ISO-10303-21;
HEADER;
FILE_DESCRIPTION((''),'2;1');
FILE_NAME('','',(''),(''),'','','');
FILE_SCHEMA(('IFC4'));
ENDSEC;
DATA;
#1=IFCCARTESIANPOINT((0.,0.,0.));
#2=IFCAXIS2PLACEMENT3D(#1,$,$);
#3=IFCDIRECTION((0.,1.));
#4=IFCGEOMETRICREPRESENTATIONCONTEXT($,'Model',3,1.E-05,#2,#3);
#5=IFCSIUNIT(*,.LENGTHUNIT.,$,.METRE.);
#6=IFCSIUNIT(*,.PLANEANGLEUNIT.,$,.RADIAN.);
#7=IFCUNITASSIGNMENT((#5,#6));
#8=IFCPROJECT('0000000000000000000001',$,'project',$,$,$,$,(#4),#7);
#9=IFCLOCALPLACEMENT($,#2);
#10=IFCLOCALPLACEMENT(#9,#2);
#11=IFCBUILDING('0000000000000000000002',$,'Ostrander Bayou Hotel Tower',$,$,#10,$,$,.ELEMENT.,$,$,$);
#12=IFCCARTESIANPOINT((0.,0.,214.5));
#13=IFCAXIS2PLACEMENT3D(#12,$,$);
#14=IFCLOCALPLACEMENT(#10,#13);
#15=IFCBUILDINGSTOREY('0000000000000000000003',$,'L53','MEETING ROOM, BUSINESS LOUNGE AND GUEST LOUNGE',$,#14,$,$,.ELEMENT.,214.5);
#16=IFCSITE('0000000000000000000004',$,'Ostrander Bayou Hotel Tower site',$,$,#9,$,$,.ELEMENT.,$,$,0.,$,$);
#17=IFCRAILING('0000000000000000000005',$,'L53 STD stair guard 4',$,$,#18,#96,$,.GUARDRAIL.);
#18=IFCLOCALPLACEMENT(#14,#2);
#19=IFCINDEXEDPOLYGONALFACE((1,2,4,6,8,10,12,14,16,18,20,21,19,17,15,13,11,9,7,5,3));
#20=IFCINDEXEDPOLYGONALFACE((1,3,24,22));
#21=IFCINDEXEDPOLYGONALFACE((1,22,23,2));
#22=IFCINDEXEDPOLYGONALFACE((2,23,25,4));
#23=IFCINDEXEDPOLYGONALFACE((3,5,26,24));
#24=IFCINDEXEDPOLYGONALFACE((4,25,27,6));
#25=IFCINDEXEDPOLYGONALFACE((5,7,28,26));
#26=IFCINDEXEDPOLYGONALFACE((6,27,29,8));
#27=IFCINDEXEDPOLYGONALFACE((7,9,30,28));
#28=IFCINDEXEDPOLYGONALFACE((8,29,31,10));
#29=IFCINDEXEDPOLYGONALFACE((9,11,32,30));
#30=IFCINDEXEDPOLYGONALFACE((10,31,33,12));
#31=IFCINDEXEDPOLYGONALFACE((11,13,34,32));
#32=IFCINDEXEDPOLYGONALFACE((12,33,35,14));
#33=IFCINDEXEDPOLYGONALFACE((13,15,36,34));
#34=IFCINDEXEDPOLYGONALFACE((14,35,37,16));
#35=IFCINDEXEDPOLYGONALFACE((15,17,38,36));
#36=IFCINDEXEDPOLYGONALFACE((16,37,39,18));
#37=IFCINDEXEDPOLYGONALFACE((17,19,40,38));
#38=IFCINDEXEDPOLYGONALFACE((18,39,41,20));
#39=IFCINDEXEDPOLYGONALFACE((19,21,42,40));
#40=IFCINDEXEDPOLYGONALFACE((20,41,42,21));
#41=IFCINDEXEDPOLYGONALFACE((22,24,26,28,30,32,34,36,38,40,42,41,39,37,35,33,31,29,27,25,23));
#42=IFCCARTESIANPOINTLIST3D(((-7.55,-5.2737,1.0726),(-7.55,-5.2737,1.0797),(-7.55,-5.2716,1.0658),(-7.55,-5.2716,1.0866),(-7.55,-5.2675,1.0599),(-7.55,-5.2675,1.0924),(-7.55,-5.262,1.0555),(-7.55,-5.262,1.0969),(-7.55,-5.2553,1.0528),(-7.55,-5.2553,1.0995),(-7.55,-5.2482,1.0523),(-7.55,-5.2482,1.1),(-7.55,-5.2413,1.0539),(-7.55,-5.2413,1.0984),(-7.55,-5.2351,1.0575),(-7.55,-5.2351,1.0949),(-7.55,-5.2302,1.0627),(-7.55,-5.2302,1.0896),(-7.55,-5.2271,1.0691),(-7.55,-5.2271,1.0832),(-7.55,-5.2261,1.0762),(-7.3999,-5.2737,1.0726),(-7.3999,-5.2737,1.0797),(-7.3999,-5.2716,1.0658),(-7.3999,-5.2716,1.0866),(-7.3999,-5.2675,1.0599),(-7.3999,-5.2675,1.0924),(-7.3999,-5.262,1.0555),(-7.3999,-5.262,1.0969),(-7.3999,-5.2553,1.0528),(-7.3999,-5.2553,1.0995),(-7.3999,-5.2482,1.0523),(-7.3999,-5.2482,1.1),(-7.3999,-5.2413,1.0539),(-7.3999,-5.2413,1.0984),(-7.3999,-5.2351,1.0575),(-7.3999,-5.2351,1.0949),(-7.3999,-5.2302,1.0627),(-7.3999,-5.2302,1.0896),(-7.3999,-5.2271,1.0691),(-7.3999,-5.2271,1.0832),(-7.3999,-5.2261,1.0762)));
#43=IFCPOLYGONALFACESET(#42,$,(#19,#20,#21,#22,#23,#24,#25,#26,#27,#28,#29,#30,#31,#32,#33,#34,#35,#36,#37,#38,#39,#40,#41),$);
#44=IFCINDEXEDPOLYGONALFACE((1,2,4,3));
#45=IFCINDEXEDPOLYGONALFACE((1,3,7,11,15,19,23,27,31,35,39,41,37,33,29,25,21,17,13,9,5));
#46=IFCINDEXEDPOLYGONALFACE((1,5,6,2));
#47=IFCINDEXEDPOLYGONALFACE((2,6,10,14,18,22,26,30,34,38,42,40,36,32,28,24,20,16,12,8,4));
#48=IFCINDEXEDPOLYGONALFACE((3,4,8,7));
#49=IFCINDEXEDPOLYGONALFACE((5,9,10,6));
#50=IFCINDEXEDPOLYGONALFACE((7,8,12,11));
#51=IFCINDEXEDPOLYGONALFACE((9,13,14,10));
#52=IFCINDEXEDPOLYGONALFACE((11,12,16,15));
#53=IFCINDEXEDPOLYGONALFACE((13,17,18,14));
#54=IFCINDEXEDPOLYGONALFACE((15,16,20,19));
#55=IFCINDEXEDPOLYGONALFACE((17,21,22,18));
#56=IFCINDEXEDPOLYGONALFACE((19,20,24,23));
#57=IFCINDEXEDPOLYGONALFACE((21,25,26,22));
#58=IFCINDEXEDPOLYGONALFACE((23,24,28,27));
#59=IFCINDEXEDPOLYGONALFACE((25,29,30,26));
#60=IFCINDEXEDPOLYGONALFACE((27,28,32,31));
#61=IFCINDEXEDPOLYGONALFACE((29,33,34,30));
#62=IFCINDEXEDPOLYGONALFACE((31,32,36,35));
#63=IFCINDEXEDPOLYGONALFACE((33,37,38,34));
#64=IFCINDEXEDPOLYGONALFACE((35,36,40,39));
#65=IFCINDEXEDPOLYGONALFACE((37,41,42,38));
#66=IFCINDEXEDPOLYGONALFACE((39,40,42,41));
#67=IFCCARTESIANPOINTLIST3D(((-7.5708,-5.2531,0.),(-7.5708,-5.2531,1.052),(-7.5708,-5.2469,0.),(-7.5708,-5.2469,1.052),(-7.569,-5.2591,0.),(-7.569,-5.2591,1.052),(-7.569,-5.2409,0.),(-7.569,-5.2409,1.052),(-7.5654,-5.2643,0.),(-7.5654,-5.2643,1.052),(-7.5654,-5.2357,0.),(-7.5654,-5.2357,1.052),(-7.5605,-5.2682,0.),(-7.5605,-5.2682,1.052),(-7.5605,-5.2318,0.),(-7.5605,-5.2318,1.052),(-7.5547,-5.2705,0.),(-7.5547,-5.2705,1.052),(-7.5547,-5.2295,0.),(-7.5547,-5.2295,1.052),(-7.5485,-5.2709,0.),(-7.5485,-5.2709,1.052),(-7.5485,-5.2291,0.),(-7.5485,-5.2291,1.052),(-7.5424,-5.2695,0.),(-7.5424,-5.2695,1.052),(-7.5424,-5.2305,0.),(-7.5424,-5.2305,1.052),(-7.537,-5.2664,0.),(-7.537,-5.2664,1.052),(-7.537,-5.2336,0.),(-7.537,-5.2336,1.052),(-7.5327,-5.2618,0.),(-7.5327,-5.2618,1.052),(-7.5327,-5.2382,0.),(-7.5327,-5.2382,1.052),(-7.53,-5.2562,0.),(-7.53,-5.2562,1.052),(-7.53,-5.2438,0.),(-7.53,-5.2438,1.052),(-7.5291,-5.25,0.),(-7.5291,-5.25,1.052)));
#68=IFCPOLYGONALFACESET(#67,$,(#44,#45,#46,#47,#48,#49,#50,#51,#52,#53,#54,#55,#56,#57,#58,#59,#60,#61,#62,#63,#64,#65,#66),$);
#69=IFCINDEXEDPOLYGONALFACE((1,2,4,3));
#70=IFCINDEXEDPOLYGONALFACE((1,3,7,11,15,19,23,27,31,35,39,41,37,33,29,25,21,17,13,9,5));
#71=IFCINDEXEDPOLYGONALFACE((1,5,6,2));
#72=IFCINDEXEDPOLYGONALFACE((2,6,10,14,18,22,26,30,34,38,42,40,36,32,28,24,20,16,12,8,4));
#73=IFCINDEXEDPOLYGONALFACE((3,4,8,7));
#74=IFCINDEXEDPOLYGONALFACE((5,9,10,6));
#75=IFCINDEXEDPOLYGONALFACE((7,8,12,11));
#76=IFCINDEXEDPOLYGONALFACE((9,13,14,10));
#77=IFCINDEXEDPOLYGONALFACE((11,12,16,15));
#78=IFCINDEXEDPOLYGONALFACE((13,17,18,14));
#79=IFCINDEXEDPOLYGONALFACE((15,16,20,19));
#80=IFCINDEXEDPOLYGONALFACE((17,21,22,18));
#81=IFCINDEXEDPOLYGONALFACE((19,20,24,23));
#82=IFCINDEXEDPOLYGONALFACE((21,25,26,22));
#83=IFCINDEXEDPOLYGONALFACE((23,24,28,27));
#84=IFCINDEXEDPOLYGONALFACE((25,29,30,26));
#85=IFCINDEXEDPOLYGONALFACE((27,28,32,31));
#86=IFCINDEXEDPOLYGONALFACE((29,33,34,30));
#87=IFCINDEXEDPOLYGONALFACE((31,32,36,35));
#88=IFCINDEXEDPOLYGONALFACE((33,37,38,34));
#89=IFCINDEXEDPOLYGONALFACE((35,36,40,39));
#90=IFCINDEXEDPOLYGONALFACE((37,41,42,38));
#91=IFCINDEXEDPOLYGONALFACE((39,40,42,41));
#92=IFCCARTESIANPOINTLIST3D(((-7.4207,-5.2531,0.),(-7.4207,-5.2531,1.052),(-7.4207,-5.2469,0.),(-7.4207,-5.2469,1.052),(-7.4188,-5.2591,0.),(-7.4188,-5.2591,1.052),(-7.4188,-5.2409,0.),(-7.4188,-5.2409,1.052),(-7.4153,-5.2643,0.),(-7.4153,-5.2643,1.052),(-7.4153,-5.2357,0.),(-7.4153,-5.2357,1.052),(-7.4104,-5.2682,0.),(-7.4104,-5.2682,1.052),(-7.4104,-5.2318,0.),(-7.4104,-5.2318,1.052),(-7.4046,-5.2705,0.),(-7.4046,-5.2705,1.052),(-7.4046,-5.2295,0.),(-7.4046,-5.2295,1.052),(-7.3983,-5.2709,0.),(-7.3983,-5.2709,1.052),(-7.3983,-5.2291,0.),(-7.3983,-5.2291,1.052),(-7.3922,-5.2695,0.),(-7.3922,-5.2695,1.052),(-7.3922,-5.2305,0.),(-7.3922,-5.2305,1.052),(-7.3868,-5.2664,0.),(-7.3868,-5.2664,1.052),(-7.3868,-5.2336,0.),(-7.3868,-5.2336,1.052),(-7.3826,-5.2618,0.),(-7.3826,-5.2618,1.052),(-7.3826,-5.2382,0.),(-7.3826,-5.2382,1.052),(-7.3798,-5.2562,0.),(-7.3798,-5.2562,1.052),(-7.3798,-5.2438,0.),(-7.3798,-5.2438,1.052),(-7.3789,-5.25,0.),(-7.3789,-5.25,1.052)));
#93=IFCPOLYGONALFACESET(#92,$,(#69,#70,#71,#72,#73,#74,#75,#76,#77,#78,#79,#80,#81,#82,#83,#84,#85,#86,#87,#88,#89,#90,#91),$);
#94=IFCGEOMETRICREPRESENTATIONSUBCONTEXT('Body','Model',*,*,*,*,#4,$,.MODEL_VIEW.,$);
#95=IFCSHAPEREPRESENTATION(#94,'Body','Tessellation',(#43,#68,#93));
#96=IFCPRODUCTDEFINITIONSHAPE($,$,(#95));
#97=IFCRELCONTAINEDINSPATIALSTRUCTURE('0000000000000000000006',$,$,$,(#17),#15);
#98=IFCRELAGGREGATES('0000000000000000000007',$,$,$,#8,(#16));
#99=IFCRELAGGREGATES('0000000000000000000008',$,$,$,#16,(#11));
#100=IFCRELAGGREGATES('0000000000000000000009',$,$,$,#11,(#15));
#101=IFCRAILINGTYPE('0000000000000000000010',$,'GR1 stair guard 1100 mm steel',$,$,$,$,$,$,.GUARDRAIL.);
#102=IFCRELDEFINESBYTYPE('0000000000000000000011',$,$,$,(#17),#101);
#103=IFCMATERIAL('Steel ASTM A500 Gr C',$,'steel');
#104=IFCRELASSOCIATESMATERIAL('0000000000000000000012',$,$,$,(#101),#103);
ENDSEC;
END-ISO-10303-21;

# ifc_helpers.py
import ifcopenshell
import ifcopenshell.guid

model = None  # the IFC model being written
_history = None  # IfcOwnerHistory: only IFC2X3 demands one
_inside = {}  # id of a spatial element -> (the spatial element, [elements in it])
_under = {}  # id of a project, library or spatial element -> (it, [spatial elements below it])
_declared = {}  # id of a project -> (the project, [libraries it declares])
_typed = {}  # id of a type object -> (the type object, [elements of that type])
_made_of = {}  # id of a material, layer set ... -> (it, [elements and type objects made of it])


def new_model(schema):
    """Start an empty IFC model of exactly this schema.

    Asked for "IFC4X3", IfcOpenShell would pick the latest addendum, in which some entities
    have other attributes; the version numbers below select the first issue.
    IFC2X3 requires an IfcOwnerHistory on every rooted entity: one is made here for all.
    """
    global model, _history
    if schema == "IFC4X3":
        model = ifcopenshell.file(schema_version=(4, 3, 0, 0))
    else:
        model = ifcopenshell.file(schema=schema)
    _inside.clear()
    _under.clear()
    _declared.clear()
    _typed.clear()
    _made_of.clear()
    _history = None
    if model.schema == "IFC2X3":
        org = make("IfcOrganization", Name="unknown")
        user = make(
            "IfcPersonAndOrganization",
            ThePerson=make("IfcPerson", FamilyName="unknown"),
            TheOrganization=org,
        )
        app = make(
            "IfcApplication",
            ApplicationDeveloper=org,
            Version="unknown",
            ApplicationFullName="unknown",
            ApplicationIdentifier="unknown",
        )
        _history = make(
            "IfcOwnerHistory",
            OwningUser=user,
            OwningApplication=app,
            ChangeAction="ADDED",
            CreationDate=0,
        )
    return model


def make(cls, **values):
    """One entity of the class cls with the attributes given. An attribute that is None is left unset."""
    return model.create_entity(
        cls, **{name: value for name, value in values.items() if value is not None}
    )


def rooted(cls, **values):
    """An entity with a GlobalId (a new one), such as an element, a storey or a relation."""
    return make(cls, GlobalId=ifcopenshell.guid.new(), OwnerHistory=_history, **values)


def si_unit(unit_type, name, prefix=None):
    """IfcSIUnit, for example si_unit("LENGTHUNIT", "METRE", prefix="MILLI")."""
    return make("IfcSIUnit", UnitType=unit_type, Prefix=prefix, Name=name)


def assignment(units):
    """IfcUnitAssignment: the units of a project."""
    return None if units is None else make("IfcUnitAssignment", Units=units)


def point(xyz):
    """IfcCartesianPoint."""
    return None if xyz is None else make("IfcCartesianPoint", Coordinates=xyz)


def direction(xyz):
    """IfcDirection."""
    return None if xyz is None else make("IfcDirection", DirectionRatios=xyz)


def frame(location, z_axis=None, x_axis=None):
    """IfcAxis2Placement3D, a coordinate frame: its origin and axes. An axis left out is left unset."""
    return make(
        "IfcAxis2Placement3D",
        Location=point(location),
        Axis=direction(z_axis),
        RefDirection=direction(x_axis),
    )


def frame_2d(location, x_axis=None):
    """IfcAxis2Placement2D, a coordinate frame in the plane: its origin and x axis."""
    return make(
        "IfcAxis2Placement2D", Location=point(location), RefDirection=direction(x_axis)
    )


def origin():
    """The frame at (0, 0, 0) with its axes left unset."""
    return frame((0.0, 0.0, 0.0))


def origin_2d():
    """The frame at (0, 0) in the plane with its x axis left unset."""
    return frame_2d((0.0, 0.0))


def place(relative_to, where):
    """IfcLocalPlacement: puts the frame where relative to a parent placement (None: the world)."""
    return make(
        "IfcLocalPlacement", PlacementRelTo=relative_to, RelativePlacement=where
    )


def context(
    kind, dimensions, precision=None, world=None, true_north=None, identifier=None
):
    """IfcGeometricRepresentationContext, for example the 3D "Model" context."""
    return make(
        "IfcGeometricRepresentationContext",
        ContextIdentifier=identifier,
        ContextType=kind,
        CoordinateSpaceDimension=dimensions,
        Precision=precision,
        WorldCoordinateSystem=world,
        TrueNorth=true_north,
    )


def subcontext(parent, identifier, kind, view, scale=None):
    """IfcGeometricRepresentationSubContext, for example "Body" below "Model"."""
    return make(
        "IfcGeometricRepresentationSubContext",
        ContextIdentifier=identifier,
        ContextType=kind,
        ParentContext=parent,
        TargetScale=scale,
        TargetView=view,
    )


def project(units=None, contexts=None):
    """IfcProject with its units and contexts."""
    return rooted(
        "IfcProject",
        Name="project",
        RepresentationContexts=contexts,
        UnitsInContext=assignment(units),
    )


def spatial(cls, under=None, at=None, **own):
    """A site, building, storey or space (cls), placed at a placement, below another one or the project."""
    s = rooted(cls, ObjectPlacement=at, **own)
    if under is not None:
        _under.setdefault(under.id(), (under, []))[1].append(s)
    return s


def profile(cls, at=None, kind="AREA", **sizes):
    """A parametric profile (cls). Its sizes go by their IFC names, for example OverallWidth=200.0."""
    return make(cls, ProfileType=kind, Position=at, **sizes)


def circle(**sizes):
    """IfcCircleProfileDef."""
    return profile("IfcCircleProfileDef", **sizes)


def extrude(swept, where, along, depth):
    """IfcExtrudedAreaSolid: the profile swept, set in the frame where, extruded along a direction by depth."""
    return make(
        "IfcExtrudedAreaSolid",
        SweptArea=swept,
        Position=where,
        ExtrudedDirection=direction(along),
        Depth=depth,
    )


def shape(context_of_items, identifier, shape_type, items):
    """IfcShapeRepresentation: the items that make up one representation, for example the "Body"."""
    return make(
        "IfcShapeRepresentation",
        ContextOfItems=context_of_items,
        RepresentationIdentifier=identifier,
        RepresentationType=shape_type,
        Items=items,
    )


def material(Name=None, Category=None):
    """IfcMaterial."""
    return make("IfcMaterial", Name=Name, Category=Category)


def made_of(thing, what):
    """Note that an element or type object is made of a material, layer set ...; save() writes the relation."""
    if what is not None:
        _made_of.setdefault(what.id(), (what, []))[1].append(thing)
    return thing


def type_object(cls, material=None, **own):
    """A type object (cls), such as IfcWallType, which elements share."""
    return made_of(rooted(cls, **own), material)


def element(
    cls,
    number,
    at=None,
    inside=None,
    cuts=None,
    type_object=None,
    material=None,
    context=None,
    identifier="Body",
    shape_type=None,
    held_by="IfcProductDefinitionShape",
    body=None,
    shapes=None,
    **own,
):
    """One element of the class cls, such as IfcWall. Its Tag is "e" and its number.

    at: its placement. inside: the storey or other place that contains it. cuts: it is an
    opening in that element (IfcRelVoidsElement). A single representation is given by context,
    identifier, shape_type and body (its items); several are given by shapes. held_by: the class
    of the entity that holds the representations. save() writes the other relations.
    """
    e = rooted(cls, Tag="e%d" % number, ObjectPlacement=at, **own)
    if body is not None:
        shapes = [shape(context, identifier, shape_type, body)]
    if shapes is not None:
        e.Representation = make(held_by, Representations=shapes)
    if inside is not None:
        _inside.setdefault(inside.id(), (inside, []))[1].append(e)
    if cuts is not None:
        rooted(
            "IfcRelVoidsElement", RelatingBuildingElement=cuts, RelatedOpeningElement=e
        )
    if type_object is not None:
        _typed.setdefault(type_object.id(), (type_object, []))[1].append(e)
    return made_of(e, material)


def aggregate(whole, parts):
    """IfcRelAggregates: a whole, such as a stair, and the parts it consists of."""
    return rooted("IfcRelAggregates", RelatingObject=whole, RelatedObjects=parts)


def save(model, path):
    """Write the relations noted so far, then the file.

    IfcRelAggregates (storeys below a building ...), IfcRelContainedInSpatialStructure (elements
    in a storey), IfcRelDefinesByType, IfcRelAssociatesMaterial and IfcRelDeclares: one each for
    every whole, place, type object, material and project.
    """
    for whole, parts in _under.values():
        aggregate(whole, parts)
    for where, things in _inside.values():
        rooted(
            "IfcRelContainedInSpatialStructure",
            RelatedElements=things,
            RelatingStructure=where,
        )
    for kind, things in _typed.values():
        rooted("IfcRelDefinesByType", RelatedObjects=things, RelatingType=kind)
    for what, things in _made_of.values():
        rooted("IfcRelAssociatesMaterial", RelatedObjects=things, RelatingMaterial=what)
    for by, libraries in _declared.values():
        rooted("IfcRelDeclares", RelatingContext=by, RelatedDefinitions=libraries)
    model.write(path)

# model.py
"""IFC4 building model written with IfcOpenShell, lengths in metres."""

from ifc_helpers import new_model, si_unit, direction, frame, origin, origin_2d, place, context, subcontext, project, spatial, circle, extrude, material, type_object, element, save


model = new_model("IFC4")

# Units and contexts
model_context = context("Model", 3, precision=1e-05, world=origin(), true_north=direction((0.0, 1.0)))
body_context = subcontext(model_context, "Body", "Model", "MODEL_VIEW")
ifc_project = project(units=[si_unit("LENGTHUNIT", "METRE"), si_unit("PLANEANGLEUNIT", "RADIAN")], contexts=[model_context])

# Site, building, storey
site_placement = place(None, origin())
site = spatial("IfcSite", under=ifc_project, at=site_placement, Name="Ostrander Bayou Hotel Tower site", CompositionType="ELEMENT", RefElevation=0.0)
building_placement = place(site_placement, origin())
building = spatial("IfcBuilding", under=site, at=building_placement, Name="Ostrander Bayou Hotel Tower", CompositionType="ELEMENT")
storey_placement = place(building_placement, frame((0.0, 0.0, 214.5)))
storey = spatial("IfcBuildingStorey", under=building, at=storey_placement, Name="L53", Description="MEETING ROOM, BUSINESS LOUNGE AND GUEST LOUNGE", CompositionType="ELEMENT", Elevation=214.5)

# Railing
ifc_material_1 = material(Name="Steel ASTM A500 Gr C", Category="steel")
railing_type_1 = type_object("IfcRailingType", Name="GR1 stair guard 1100 mm steel", PredefinedType="GUARDRAIL", material=ifc_material_1)
railing_1_placement = place(storey_placement, frame((-7.55, -5.25, 0.0)))
element("IfcRailing", 1, at=railing_1_placement, inside=storey, type_object=railing_type_1, Name="L53 STD stair guard 4", PredefinedType="GUARDRAIL", context=body_context, shape_type="SweptSolid", body=[
    extrude(circle(Radius=0.0239, at=origin_2d()), frame((0.0, 0.0, 1.0762), z_axis=(1.0, 0.0, 0.0), x_axis=(0.0, 1.0, 0.0)), (0.0, 0.0, 1.0), 0.1501),
    extrude(circle(Radius=0.021, at=origin_2d()), origin(), (0.0, 0.0, 1.0), 1.052),
    extrude(circle(Radius=0.021, at=origin_2d()), frame((0.1501, 0.0, 0.0)), (0.0, 0.0, 1.0), 1.052),
])

save(model, "model.ifc")
